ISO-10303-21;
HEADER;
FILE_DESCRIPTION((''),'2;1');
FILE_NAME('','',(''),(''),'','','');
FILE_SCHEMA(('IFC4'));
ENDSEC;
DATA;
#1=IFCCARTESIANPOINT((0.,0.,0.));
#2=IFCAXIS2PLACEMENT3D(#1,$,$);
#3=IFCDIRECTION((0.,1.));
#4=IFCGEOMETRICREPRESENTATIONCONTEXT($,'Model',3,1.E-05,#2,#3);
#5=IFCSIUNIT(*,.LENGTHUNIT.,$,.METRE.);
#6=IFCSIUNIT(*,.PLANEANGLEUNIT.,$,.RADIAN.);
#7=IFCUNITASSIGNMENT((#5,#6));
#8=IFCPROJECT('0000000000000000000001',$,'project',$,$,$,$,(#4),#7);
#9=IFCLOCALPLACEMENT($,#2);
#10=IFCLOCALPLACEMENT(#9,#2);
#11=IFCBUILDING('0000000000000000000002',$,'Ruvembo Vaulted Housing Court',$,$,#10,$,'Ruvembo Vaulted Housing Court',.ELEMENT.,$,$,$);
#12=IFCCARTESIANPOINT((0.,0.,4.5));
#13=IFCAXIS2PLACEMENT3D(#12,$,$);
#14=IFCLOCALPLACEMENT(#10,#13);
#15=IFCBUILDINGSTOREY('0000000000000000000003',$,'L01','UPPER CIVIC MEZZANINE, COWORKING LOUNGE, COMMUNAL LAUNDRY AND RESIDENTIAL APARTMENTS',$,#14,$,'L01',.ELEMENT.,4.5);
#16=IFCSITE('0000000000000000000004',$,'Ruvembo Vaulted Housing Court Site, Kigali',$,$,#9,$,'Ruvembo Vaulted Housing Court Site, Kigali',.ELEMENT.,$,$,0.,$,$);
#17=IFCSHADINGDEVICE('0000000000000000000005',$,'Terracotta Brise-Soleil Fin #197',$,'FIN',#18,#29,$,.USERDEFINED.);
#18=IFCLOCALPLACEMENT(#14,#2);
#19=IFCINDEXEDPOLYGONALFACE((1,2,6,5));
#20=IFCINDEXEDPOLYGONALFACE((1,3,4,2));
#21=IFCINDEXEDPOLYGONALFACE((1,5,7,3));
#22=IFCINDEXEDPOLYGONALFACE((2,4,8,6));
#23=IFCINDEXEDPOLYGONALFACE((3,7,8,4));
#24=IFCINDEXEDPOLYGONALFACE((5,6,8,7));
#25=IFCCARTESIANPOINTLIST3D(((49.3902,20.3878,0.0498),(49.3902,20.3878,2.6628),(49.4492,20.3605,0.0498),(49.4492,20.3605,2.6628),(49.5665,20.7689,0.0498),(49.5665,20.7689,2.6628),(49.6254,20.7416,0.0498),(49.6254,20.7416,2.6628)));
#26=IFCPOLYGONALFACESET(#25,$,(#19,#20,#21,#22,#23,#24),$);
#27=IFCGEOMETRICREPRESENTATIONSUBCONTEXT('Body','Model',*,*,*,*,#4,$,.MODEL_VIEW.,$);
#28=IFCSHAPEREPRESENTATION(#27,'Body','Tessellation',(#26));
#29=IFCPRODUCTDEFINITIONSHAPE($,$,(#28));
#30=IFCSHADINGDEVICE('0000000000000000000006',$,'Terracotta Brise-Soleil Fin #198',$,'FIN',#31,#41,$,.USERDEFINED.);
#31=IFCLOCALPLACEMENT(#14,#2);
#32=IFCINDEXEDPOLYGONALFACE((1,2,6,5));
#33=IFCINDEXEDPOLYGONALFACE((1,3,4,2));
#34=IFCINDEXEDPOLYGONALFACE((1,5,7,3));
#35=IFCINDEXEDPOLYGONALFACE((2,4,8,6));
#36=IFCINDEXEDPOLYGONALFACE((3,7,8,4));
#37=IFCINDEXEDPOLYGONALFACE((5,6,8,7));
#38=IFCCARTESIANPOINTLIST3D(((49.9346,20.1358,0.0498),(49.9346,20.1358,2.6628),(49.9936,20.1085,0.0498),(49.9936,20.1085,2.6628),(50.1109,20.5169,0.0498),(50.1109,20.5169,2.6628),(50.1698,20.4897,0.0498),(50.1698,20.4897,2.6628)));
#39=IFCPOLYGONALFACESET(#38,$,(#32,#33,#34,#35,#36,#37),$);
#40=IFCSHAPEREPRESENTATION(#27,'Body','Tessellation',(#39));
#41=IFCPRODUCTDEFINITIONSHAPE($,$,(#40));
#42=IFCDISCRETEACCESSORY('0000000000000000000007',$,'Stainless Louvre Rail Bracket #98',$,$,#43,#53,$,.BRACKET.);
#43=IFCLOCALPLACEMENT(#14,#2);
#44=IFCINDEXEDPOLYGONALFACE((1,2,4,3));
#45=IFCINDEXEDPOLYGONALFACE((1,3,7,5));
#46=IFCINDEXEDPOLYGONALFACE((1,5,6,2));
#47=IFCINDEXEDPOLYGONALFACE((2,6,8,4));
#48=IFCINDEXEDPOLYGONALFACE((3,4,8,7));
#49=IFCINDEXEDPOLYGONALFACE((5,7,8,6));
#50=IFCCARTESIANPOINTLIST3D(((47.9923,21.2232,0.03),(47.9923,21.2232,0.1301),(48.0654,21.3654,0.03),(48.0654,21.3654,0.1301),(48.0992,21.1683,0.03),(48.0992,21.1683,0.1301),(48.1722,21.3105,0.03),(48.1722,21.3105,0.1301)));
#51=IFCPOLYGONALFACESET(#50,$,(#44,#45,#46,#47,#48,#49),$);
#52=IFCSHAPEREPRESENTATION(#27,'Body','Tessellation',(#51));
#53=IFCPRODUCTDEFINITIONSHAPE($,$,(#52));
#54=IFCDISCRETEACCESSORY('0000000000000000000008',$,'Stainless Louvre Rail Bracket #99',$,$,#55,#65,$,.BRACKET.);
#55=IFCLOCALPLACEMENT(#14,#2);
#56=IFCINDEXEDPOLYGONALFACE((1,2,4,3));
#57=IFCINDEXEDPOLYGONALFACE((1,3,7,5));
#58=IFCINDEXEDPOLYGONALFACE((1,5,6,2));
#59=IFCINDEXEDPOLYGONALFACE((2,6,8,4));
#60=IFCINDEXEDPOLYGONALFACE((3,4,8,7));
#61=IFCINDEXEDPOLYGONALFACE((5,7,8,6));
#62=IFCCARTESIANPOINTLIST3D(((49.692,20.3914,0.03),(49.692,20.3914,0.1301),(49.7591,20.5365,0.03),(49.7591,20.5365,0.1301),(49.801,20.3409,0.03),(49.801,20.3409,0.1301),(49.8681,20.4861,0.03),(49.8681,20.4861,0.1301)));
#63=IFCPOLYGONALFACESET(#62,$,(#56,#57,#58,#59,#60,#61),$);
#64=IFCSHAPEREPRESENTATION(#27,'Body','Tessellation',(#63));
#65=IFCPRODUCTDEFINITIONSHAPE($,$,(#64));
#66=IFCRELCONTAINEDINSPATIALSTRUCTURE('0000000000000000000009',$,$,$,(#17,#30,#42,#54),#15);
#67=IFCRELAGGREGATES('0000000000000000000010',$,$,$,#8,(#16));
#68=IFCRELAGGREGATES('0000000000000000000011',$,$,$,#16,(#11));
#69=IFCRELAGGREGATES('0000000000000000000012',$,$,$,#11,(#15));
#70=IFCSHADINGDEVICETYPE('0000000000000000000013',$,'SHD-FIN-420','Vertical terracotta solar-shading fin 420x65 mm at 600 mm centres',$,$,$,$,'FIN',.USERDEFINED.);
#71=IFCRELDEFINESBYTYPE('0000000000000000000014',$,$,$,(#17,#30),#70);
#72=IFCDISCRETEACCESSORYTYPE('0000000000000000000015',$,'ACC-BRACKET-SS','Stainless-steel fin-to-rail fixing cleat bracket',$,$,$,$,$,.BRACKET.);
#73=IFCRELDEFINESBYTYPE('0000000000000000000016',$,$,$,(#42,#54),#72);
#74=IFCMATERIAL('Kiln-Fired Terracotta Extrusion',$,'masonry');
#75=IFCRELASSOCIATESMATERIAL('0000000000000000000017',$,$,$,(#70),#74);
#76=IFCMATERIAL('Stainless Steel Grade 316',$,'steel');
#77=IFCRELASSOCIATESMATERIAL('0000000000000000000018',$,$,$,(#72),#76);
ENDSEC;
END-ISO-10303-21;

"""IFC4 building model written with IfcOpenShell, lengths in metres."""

from ifc_helpers import new_model, si_unit, direction, frame, origin, origin_2d, place, context, subcontext, project, spatial, rectangle, extrude, material, type_object, element, save


model = new_model("IFC4")

# Units and contexts
model_context = context("Model", 3, precision=1e-05, world=origin(), true_north=direction((0.0, 1.0)))
body_context = subcontext(model_context, "Body", "Model", "MODEL_VIEW")
ifc_project = project(units=[si_unit("LENGTHUNIT", "METRE"), si_unit("PLANEANGLEUNIT", "RADIAN")], contexts=[model_context])

# Site, building, storey
site_placement = place(None, origin())
site = spatial("IfcSite", under=ifc_project, at=site_placement, Name="Ruvembo Vaulted Housing Court Site, Kigali", LongName="Ruvembo Vaulted Housing Court Site, Kigali", CompositionType="ELEMENT", RefElevation=0.0)
building_placement = place(site_placement, origin())
building = spatial("IfcBuilding", under=site, at=building_placement, Name="Ruvembo Vaulted Housing Court", LongName="Ruvembo Vaulted Housing Court", CompositionType="ELEMENT")
storey_placement = place(building_placement, frame((0.0, 0.0, 4.5)))
storey = spatial("IfcBuildingStorey", under=building, at=storey_placement, Name="L01", Description="UPPER CIVIC MEZZANINE, COWORKING LOUNGE, COMMUNAL LAUNDRY AND RESIDENTIAL APARTMENTS", LongName="L01", CompositionType="ELEMENT", Elevation=4.5)

# Shading devices
ifc_material_1 = material(Name="Kiln-Fired Terracotta Extrusion", Category="masonry")
shading_device_type = type_object("IfcShadingDeviceType", Name="SHD-FIN-420", Description="Vertical terracotta solar-shading fin 420x65 mm at 600 mm centres", ElementType="FIN", PredefinedType="USERDEFINED", material=ifc_material_1)
for number, where, z_axis, x_axis, name in (
    (1, (49.5078, 20.5647, 0.0498), (0.0, 0.0, 1.0), (-0.419737, -0.907646, 0.0), "Terracotta Brise-Soleil Fin #197"),
    (2, (50.0522, 20.3127, 0.0498), (0.0, 0.0, 1.0), (-0.419737, -0.907646, 0.0), "Terracotta Brise-Soleil Fin #198"),
):
    element("IfcShadingDevice", number, at=place(storey_placement, frame(where, z_axis=z_axis, x_axis=x_axis)), inside=storey, type_object=shading_device_type, Name=name, ObjectType="FIN", PredefinedType="USERDEFINED", context=body_context, shape_type="SweptSolid", body=[
        extrude(rectangle(XDim=0.4199, YDim=0.0649, at=origin_2d()), origin(), (0.0, 0.0, 1.0), 2.613),
    ])

# Discrete accessories
ifc_material_2 = material(Name="Stainless Steel Grade 316", Category="steel")
discrete_accessory_type = type_object("IfcDiscreteAccessoryType", Name="ACC-BRACKET-SS", Description="Stainless-steel fin-to-rail fixing cleat bracket", PredefinedType="BRACKET", material=ifc_material_2)
for number, where, z_axis, x_axis, name in (
    (3, (48.0823, 21.2668, 0.03), (0.0, 0.0, 1.0), (-0.45685, -0.889544, 0.0), "Stainless Louvre Rail Bracket #98"),
    (4, (49.78, 20.4387, 0.03), (0.0, 0.0, 1.0), (-0.419737, -0.907646, 0.0), "Stainless Louvre Rail Bracket #99"),
):
    element("IfcDiscreteAccessory", number, at=place(storey_placement, frame(where, z_axis=z_axis, x_axis=x_axis)), inside=storey, type_object=discrete_accessory_type, Name=name, PredefinedType="BRACKET", context=body_context, shape_type="SweptSolid", body=[
        extrude(rectangle(XDim=0.1599, YDim=0.1201, at=origin_2d()), origin(), (0.0, 0.0, 1.0), 0.1001),
    ])

save(model, "model.ifc")
